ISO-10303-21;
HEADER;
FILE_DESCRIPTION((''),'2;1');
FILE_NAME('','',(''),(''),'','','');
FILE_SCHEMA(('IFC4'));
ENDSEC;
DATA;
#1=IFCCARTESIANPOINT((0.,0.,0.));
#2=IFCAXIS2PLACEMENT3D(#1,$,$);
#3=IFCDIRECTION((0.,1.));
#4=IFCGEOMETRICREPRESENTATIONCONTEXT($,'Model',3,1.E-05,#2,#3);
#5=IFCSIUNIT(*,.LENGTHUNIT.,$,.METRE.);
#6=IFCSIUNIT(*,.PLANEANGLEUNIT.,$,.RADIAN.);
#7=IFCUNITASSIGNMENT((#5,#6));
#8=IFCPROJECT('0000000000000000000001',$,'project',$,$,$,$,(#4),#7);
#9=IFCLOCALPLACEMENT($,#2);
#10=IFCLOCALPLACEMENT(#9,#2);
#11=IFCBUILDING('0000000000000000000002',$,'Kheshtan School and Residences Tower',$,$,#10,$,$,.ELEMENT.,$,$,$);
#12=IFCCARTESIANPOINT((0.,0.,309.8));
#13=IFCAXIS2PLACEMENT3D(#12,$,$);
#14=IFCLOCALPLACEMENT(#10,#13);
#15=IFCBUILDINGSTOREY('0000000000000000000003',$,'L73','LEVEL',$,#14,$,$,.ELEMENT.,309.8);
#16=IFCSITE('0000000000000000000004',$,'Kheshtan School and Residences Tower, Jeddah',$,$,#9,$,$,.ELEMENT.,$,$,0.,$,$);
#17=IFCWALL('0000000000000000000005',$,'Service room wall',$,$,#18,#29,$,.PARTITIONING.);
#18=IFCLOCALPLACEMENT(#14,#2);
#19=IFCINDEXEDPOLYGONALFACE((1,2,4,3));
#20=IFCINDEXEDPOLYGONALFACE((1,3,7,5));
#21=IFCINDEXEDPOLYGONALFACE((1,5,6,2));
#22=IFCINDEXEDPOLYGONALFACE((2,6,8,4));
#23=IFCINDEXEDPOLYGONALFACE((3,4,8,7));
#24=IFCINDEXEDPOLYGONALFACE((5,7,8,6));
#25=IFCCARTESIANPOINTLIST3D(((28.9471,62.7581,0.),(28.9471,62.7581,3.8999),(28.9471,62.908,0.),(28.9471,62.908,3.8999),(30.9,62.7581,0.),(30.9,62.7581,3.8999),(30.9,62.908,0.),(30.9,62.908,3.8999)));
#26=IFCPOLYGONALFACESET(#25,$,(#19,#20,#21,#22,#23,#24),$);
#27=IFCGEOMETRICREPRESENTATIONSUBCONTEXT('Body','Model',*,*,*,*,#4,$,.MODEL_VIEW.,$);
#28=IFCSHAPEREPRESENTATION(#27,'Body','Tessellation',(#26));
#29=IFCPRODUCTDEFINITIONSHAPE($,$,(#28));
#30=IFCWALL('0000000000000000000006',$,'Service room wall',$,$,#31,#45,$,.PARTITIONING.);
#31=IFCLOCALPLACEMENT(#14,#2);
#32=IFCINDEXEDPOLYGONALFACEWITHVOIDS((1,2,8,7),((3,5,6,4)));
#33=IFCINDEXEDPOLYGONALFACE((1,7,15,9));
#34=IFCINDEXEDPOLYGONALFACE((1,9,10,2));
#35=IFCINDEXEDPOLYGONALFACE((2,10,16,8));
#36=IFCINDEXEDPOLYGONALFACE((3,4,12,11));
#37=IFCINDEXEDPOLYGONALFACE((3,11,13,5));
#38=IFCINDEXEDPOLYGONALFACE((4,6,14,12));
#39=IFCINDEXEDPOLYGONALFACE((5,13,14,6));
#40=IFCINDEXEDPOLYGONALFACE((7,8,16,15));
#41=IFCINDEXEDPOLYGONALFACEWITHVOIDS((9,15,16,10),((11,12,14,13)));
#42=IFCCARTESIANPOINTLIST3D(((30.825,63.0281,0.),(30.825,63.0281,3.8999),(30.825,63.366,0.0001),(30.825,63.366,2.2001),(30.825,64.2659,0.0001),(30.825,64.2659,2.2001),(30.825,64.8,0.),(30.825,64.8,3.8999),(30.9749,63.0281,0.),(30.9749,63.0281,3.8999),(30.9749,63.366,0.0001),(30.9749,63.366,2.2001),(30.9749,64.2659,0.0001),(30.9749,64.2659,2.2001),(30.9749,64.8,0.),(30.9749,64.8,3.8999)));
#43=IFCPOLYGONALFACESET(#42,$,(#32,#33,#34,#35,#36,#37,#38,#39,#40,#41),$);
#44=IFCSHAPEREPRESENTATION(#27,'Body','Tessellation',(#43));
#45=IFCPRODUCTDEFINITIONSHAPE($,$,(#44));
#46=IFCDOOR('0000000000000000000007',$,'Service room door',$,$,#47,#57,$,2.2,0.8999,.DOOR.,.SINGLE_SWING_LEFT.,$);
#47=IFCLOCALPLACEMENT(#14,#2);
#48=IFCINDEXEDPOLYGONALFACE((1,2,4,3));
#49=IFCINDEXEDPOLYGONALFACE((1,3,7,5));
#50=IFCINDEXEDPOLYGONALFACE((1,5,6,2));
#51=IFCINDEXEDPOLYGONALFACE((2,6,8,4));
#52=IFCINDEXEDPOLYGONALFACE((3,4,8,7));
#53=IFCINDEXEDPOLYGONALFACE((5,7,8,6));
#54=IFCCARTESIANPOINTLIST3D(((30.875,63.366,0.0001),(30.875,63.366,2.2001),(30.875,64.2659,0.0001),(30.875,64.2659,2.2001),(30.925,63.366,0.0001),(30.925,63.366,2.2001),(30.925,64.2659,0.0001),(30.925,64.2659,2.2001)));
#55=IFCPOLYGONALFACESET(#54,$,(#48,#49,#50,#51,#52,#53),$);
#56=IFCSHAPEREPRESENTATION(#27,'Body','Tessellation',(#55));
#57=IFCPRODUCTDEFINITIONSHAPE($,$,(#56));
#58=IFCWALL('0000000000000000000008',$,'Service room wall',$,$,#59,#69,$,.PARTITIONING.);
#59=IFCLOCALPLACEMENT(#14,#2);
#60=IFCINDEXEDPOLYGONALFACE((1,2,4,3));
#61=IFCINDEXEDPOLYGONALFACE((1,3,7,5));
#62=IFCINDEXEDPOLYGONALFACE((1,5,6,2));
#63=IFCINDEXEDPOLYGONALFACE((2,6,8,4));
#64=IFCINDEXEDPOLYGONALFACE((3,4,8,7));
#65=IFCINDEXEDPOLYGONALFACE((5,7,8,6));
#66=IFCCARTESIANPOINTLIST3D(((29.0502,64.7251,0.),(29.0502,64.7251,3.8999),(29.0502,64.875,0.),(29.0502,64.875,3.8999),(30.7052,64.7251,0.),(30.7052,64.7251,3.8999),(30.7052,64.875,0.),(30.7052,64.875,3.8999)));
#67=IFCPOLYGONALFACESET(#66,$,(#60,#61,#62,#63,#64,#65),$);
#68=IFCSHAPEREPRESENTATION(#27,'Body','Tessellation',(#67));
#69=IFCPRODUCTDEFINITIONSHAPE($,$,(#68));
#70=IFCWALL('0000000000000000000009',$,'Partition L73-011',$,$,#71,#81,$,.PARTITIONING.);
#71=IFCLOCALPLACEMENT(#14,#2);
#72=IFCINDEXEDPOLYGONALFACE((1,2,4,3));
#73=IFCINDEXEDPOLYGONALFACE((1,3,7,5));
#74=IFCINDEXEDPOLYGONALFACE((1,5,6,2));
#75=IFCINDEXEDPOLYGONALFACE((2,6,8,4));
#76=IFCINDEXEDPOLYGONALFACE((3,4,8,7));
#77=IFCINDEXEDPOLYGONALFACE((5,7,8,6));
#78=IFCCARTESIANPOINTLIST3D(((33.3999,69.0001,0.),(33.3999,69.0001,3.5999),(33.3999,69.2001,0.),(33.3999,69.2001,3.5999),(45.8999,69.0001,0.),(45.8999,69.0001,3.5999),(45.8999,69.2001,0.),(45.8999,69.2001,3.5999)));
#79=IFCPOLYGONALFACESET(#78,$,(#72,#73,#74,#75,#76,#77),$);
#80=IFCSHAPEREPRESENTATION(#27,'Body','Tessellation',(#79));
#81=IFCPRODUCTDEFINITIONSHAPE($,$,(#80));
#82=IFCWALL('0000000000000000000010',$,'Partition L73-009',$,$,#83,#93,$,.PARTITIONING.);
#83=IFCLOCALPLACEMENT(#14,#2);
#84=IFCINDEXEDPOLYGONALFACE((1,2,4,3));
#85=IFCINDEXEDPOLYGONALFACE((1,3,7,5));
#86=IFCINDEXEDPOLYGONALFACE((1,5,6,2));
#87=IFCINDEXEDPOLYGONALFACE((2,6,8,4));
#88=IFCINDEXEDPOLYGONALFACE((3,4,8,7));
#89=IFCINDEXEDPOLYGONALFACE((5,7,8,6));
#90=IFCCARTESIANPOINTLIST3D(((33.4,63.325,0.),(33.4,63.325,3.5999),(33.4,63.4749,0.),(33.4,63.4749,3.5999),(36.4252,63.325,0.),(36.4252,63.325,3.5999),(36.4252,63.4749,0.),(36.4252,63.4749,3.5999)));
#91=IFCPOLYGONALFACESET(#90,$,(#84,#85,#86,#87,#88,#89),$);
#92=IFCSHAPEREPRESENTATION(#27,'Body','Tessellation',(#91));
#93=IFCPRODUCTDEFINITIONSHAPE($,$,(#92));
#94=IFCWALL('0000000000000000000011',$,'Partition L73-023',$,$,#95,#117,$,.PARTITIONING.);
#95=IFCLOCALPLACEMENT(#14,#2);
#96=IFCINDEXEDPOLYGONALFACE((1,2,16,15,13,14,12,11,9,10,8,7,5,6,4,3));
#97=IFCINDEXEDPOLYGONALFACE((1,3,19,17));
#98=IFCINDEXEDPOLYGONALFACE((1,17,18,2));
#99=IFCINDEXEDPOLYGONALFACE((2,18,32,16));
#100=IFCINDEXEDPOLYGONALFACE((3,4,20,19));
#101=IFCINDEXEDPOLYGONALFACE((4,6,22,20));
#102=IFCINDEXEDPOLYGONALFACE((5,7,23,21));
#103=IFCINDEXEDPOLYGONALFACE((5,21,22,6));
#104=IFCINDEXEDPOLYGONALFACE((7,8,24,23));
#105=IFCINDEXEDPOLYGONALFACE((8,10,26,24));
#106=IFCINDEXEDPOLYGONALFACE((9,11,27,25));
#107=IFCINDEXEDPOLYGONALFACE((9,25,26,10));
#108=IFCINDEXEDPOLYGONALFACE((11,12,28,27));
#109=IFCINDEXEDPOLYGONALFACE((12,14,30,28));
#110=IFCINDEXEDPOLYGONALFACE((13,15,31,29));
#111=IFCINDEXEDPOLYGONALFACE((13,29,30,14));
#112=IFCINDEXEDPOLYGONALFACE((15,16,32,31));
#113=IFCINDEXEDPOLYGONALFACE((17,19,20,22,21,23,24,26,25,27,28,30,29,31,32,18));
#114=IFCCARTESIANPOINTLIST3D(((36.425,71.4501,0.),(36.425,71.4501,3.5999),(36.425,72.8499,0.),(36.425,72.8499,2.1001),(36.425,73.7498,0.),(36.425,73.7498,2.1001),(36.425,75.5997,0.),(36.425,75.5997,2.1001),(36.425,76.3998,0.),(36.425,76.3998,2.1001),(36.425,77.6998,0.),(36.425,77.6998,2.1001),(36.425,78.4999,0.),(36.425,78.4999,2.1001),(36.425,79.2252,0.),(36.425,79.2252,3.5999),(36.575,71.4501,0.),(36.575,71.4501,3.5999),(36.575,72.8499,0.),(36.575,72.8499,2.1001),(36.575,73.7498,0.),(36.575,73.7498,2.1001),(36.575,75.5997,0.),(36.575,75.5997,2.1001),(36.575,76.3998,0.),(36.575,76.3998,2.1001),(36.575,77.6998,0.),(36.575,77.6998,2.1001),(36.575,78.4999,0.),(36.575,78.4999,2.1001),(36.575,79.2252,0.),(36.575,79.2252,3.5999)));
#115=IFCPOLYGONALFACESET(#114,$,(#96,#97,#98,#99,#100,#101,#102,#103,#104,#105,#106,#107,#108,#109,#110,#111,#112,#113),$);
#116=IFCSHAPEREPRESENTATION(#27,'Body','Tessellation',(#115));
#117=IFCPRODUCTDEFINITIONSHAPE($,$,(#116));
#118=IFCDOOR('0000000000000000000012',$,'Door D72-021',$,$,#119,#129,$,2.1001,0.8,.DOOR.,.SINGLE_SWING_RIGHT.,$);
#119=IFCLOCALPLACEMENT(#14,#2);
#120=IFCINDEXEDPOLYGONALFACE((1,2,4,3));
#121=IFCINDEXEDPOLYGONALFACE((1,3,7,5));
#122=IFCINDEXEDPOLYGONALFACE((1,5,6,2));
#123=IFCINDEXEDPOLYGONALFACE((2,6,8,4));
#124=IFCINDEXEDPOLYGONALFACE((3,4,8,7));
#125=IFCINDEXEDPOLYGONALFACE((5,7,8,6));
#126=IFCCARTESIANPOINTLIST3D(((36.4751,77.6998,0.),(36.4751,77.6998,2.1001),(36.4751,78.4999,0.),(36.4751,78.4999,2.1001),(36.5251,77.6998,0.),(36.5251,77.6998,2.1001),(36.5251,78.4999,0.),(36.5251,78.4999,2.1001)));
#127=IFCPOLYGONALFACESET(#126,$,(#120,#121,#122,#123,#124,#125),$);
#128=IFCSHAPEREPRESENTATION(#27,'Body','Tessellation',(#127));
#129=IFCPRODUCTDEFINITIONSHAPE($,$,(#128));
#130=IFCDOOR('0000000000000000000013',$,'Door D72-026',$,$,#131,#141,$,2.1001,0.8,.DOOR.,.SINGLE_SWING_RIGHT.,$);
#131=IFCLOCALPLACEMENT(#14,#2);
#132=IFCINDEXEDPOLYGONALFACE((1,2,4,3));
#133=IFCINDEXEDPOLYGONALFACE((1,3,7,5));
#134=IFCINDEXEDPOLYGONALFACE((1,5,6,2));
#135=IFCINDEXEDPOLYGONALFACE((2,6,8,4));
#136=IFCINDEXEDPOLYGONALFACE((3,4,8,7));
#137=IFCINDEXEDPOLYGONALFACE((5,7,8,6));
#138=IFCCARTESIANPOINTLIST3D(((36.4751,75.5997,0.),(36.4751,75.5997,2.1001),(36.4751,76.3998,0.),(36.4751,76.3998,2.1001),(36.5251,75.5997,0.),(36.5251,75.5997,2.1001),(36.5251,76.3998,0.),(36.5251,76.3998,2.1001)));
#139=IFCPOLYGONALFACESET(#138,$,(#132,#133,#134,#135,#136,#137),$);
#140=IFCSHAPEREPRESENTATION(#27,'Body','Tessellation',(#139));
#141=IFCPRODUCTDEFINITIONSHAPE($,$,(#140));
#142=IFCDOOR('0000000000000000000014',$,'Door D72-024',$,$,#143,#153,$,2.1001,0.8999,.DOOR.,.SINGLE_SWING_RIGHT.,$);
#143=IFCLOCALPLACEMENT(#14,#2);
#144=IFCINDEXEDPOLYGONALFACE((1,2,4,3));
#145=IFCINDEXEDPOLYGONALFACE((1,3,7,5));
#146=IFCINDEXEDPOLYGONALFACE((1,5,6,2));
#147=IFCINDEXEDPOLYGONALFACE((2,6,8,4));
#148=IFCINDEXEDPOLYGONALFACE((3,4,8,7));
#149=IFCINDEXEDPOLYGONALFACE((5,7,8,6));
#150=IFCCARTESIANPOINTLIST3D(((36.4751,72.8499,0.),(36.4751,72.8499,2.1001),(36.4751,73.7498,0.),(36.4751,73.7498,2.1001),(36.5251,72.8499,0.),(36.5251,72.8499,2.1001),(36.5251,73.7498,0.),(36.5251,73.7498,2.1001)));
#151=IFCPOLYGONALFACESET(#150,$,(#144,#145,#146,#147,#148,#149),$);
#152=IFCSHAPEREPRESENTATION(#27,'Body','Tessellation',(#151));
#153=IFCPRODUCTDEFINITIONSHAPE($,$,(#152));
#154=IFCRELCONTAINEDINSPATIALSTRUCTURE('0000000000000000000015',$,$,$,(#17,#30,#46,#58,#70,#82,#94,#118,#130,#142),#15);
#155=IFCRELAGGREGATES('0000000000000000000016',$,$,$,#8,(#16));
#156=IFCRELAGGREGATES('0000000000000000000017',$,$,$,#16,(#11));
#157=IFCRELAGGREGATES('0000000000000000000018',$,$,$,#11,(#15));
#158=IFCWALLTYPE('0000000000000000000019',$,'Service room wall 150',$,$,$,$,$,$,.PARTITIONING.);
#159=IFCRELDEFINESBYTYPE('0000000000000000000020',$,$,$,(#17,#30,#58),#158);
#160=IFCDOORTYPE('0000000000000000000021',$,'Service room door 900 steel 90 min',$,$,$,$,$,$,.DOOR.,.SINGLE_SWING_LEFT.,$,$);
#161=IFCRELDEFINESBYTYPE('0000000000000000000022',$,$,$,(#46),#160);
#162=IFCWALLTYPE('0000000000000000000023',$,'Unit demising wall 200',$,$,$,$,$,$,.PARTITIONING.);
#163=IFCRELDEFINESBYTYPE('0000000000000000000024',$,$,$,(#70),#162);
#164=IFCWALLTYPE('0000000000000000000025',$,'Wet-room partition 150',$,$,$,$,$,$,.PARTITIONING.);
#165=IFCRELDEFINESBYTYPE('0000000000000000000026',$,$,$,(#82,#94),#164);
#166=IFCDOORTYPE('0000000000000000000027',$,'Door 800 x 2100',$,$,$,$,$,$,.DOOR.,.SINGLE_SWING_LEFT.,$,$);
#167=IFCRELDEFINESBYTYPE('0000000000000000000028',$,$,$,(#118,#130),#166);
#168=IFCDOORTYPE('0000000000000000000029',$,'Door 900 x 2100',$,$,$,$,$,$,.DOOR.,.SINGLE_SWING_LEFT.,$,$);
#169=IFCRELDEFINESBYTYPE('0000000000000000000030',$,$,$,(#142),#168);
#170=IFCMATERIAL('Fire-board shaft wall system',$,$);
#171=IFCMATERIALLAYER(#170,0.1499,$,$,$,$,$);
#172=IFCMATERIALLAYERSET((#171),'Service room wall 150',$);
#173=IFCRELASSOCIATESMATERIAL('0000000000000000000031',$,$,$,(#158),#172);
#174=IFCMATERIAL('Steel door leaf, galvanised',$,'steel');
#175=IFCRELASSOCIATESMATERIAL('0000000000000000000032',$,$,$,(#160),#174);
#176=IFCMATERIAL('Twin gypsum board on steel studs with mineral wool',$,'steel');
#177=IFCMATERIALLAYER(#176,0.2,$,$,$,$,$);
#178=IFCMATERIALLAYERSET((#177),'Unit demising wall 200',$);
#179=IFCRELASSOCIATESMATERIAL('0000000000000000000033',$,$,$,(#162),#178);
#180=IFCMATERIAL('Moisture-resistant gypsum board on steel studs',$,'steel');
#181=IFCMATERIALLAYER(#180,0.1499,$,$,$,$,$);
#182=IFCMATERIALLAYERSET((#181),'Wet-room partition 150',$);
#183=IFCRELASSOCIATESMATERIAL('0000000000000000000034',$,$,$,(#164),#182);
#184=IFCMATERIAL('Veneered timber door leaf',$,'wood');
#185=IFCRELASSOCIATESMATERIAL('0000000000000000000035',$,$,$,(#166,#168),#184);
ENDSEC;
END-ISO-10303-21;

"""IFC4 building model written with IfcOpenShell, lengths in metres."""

from ifc_helpers import new_model, si_unit, direction, frame, frame_2d, origin, place, context, subcontext, project, spatial, rectangle, extrude, source, transform, mapped, material, layer, layer_set, type_object, element, fill, save


model = new_model("IFC4")

# Units and contexts
model_context = context("Model", 3, precision=1e-05, world=origin(), true_north=direction((0.0, 1.0)))
body_context = subcontext(model_context, "Body", "Model", "MODEL_VIEW")
ifc_project = project(units=[si_unit("LENGTHUNIT", "METRE"), si_unit("PLANEANGLEUNIT", "RADIAN")], contexts=[model_context])

# Site, building, storey
site_placement = place(None, origin())
site = spatial("IfcSite", under=ifc_project, at=site_placement, Name="Kheshtan School and Residences Tower, Jeddah", CompositionType="ELEMENT", RefElevation=0.0)
building_placement = place(site_placement, origin())
building = spatial("IfcBuilding", under=site, at=building_placement, Name="Kheshtan School and Residences Tower", CompositionType="ELEMENT")
storey_placement = place(building_placement, frame((0.0, 0.0, 309.8)))
storey = spatial("IfcBuildingStorey", under=building, at=storey_placement, Name="L73", Description="LEVEL", CompositionType="ELEMENT", Elevation=309.8)

# Wall
ifc_material_1 = material(Name="Fire-board shaft wall system")
ifc_layer_1 = layer(ifc_material_1, 0.1499)
ifc_layer_set_1 = layer_set([ifc_layer_1], Name="Service room wall 150")
wall_type_1 = type_object("IfcWallType", Name="Service room wall 150", PredefinedType="PARTITIONING", material=ifc_layer_set_1)
wall_1_placement = place(storey_placement, frame((28.947, 62.833, 0.0), z_axis=(0.0, 0.0, 1.0), x_axis=(1.0, 0.0, 0.0)))
element("IfcWall", 1, at=wall_1_placement, inside=storey, type_object=wall_type_1, Name="Service room wall", PredefinedType="PARTITIONING", context=body_context, shape_type="SweptSolid", body=[
    extrude(rectangle(XDim=1.9529, YDim=0.1499, at=frame_2d((0.9766, 0.0))), origin(), (0.0, 0.0, 1.0), 3.8999),
])

# Wall, opening, door
wall_2_placement = place(storey_placement, frame((30.8999, 63.0281, 0.0), z_axis=(0.0, 0.0, 1.0), x_axis=(0.0, 1.0, 0.0)))
wall_2 = element("IfcWall", 2, at=wall_2_placement, inside=storey, type_object=wall_type_1, Name="Service room wall", PredefinedType="PARTITIONING", context=body_context, shape_type="SweptSolid", body=[
    extrude(rectangle(XDim=1.772, YDim=0.1499, at=frame_2d((0.886, 0.0))), origin(), (0.0, 0.0, 1.0), 3.8999),
])
opening_1_placement = place(wall_2_placement, frame((0.3379, 0.0, 0.0)))
opening_1 = element("IfcOpeningElement", 3, at=opening_1_placement, cuts=wall_2, PredefinedType="OPENING", context=body_context, shape_type="SweptSolid", body=[
    extrude(rectangle(XDim=0.8999, YDim=2.2, at=frame_2d((0.45, 1.1001))), frame((0.0, 0.085, 0.0), z_axis=(0.0, -1.0, 0.0), x_axis=(1.0, 0.0, 0.0)), (0.0, 0.0, 1.0), 0.1699),
])
ifc_material_2 = material(Name="Steel door leaf, galvanised", Category="steel")
door_type_1 = type_object("IfcDoorType", Name="Service room door 900 steel 90 min", OperationType="SINGLE_SWING_LEFT", PredefinedType="DOOR", material=ifc_material_2)
shared_shape_1 = source(origin(), body_context, "Body", "SweptSolid", [
    extrude(rectangle(XDim=0.8999, YDim=2.2, at=frame_2d((0.45, 1.1001))), frame((0.0, 0.0249, 0.0), z_axis=(0.0, -1.0, 0.0), x_axis=(1.0, 0.0, 0.0)), (0.0, 0.0, 1.0), 0.05),
])
door_1_placement = place(opening_1_placement, origin())
door_1 = element("IfcDoor", 4, at=door_1_placement, inside=storey, type_object=door_type_1, Name="Service room door", OperationType="SINGLE_SWING_LEFT", OverallHeight=2.2, OverallWidth=0.8999, PredefinedType="DOOR", context=body_context, shape_type="MappedRepresentation", body=[
    mapped(shared_shape_1, transform((0.0, 0.0, 0.0), x_axis=(1.0, 0.0, 0.0), y_axis=(0.0, 1.0, 0.0), z_axis=(0.0, 0.0, 1.0), scale=1.0)),
])
fill(opening_1, door_1)

# Walls
wall_3_placement = place(storey_placement, frame((29.05, 64.8, 0.0), z_axis=(0.0, 0.0, 1.0), x_axis=(1.0, 0.0, 0.0)))
element("IfcWall", 5, at=wall_3_placement, inside=storey, type_object=wall_type_1, Name="Service room wall", PredefinedType="PARTITIONING", context=body_context, shape_type="SweptSolid", body=[
    extrude(rectangle(XDim=1.655, YDim=0.1499, at=frame_2d((0.8276, 0.0))), origin(), (0.0, 0.0, 1.0), 3.8999),
])
ifc_material_3 = material(Name="Twin gypsum board on steel studs with mineral wool", Category="steel")
ifc_layer_2 = layer(ifc_material_3, 0.2)
ifc_layer_set_2 = layer_set([ifc_layer_2], Name="Unit demising wall 200")
wall_type_2 = type_object("IfcWallType", Name="Unit demising wall 200", PredefinedType="PARTITIONING", material=ifc_layer_set_2)
wall_4_placement = place(storey_placement, frame((33.3999, 69.1001, 0.0), z_axis=(0.0, 0.0, 1.0), x_axis=(1.0, 0.0, 0.0)))
element("IfcWall", 6, at=wall_4_placement, inside=storey, type_object=wall_type_2, Name="Partition L73-011", PredefinedType="PARTITIONING", context=body_context, shape_type="SweptSolid", body=[
    extrude(rectangle(XDim=12.5, YDim=0.2, at=frame_2d((6.25, 0.0))), origin(), (0.0, 0.0, 1.0), 3.5999),
])
ifc_material_4 = material(Name="Moisture-resistant gypsum board on steel studs", Category="steel")
ifc_layer_3 = layer(ifc_material_4, 0.1499)
ifc_layer_set_3 = layer_set([ifc_layer_3], Name="Wet-room partition 150")
wall_type_3 = type_object("IfcWallType", Name="Wet-room partition 150", PredefinedType="PARTITIONING", material=ifc_layer_set_3)
wall_5_placement = place(storey_placement, frame((33.3999, 63.3999, 0.0), z_axis=(0.0, 0.0, 1.0), x_axis=(1.0, 0.0, 0.0)))
element("IfcWall", 7, at=wall_5_placement, inside=storey, type_object=wall_type_3, Name="Partition L73-009", PredefinedType="PARTITIONING", context=body_context, shape_type="SweptSolid", body=[
    extrude(rectangle(XDim=3.0251, YDim=0.1499, at=frame_2d((1.5127, 0.0))), origin(), (0.0, 0.0, 1.0), 3.5999),
])

# Wall, openings, doors
wall_6_placement = place(storey_placement, frame((36.5, 71.45, 0.0), z_axis=(0.0, 0.0, 1.0), x_axis=(0.0, 1.0, 0.0)))
wall_6 = element("IfcWall", 8, at=wall_6_placement, inside=storey, type_object=wall_type_3, Name="Partition L73-023", PredefinedType="PARTITIONING", context=body_context, shape_type="SweptSolid", body=[
    extrude(rectangle(XDim=7.7751, YDim=0.1499, at=frame_2d((3.8877, 0.0))), origin(), (0.0, 0.0, 1.0), 3.5999),
])
opening_2_placement = place(wall_6_placement, frame((6.25, 0.0, 0.0)))
opening_2 = element("IfcOpeningElement", 9, at=opening_2_placement, cuts=wall_6, PredefinedType="OPENING", context=body_context, shape_type="SweptSolid", body=[
    extrude(rectangle(XDim=0.8, YDim=2.1001, at=frame_2d((0.3999, 1.05))), frame((0.0, 0.085, 0.0), z_axis=(0.0, -1.0, 0.0), x_axis=(1.0, 0.0, 0.0)), (0.0, 0.0, 1.0), 0.1699),
])
opening_3_placement = place(wall_6_placement, frame((1.3999, 0.0, 0.0)))
opening_3 = element("IfcOpeningElement", 10, at=opening_3_placement, cuts=wall_6, PredefinedType="OPENING", context=body_context, shape_type="SweptSolid", body=[
    extrude(rectangle(XDim=0.8999, YDim=2.1001, at=frame_2d((0.45, 1.05))), frame((0.0, 0.085, 0.0), z_axis=(0.0, -1.0, 0.0), x_axis=(1.0, 0.0, 0.0)), (0.0, 0.0, 1.0), 0.1699),
])
opening_4_placement = place(wall_6_placement, frame((4.1499, 0.0, 0.0)))
opening_4 = element("IfcOpeningElement", 11, at=opening_4_placement, cuts=wall_6, PredefinedType="OPENING", context=body_context, shape_type="SweptSolid", body=[
    extrude(rectangle(XDim=0.8, YDim=2.1001, at=frame_2d((0.3999, 1.05))), frame((0.0, 0.085, 0.0), z_axis=(0.0, -1.0, 0.0), x_axis=(1.0, 0.0, 0.0)), (0.0, 0.0, 1.0), 0.1699),
])
ifc_material_5 = material(Name="Veneered timber door leaf", Category="wood")
door_type_2 = type_object("IfcDoorType", Name="Door 800 x 2100", OperationType="SINGLE_SWING_LEFT", PredefinedType="DOOR", material=ifc_material_5)
shared_shape_2 = source(origin(), body_context, "Body", "SweptSolid", [
    extrude(rectangle(XDim=0.8, YDim=2.1001, at=frame_2d((0.3999, 1.05))), frame((0.0, 0.0249, 0.0), z_axis=(0.0, -1.0, 0.0), x_axis=(1.0, 0.0, 0.0)), (0.0, 0.0, 1.0), 0.05),
])
door_2_placement = place(opening_2_placement, origin())
door_2 = element("IfcDoor", 12, at=door_2_placement, inside=storey, type_object=door_type_2, Name="Door D72-021", OperationType="SINGLE_SWING_RIGHT", OverallHeight=2.1001, OverallWidth=0.8, PredefinedType="DOOR", context=body_context, shape_type="MappedRepresentation", body=[
    mapped(shared_shape_2, transform((0.0, 0.0, 0.0), x_axis=(1.0, 0.0, 0.0), y_axis=(0.0, 1.0, 0.0), z_axis=(0.0, 0.0, 1.0), scale=1.0)),
])
fill(opening_2, door_2)
door_3_placement = place(opening_4_placement, origin())
door_3 = element("IfcDoor", 13, at=door_3_placement, inside=storey, type_object=door_type_2, Name="Door D72-026", OperationType="SINGLE_SWING_RIGHT", OverallHeight=2.1001, OverallWidth=0.8, PredefinedType="DOOR", context=body_context, shape_type="MappedRepresentation", body=[
    mapped(shared_shape_2, transform((0.0, 0.0, 0.0), x_axis=(1.0, 0.0, 0.0), y_axis=(0.0, 1.0, 0.0), z_axis=(0.0, 0.0, 1.0), scale=1.0)),
])
fill(opening_4, door_3)
door_type_3 = type_object("IfcDoorType", Name="Door 900 x 2100", OperationType="SINGLE_SWING_LEFT", PredefinedType="DOOR", material=ifc_material_5)
shared_shape_3 = source(origin(), body_context, "Body", "SweptSolid", [
    extrude(rectangle(XDim=0.8999, YDim=2.1001, at=frame_2d((0.45, 1.05))), frame((0.0, 0.0249, 0.0), z_axis=(0.0, -1.0, 0.0), x_axis=(1.0, 0.0, 0.0)), (0.0, 0.0, 1.0), 0.05),
])
door_4_placement = place(opening_3_placement, origin())
door_4 = element("IfcDoor", 14, at=door_4_placement, inside=storey, type_object=door_type_3, Name="Door D72-024", OperationType="SINGLE_SWING_RIGHT", OverallHeight=2.1001, OverallWidth=0.8999, PredefinedType="DOOR", context=body_context, shape_type="MappedRepresentation", body=[
    mapped(shared_shape_3, transform((0.0, 0.0, 0.0), x_axis=(1.0, 0.0, 0.0), y_axis=(0.0, 1.0, 0.0), z_axis=(0.0, 0.0, 1.0), scale=1.0)),
])
fill(opening_3, door_4)

save(model, "model.ifc")
